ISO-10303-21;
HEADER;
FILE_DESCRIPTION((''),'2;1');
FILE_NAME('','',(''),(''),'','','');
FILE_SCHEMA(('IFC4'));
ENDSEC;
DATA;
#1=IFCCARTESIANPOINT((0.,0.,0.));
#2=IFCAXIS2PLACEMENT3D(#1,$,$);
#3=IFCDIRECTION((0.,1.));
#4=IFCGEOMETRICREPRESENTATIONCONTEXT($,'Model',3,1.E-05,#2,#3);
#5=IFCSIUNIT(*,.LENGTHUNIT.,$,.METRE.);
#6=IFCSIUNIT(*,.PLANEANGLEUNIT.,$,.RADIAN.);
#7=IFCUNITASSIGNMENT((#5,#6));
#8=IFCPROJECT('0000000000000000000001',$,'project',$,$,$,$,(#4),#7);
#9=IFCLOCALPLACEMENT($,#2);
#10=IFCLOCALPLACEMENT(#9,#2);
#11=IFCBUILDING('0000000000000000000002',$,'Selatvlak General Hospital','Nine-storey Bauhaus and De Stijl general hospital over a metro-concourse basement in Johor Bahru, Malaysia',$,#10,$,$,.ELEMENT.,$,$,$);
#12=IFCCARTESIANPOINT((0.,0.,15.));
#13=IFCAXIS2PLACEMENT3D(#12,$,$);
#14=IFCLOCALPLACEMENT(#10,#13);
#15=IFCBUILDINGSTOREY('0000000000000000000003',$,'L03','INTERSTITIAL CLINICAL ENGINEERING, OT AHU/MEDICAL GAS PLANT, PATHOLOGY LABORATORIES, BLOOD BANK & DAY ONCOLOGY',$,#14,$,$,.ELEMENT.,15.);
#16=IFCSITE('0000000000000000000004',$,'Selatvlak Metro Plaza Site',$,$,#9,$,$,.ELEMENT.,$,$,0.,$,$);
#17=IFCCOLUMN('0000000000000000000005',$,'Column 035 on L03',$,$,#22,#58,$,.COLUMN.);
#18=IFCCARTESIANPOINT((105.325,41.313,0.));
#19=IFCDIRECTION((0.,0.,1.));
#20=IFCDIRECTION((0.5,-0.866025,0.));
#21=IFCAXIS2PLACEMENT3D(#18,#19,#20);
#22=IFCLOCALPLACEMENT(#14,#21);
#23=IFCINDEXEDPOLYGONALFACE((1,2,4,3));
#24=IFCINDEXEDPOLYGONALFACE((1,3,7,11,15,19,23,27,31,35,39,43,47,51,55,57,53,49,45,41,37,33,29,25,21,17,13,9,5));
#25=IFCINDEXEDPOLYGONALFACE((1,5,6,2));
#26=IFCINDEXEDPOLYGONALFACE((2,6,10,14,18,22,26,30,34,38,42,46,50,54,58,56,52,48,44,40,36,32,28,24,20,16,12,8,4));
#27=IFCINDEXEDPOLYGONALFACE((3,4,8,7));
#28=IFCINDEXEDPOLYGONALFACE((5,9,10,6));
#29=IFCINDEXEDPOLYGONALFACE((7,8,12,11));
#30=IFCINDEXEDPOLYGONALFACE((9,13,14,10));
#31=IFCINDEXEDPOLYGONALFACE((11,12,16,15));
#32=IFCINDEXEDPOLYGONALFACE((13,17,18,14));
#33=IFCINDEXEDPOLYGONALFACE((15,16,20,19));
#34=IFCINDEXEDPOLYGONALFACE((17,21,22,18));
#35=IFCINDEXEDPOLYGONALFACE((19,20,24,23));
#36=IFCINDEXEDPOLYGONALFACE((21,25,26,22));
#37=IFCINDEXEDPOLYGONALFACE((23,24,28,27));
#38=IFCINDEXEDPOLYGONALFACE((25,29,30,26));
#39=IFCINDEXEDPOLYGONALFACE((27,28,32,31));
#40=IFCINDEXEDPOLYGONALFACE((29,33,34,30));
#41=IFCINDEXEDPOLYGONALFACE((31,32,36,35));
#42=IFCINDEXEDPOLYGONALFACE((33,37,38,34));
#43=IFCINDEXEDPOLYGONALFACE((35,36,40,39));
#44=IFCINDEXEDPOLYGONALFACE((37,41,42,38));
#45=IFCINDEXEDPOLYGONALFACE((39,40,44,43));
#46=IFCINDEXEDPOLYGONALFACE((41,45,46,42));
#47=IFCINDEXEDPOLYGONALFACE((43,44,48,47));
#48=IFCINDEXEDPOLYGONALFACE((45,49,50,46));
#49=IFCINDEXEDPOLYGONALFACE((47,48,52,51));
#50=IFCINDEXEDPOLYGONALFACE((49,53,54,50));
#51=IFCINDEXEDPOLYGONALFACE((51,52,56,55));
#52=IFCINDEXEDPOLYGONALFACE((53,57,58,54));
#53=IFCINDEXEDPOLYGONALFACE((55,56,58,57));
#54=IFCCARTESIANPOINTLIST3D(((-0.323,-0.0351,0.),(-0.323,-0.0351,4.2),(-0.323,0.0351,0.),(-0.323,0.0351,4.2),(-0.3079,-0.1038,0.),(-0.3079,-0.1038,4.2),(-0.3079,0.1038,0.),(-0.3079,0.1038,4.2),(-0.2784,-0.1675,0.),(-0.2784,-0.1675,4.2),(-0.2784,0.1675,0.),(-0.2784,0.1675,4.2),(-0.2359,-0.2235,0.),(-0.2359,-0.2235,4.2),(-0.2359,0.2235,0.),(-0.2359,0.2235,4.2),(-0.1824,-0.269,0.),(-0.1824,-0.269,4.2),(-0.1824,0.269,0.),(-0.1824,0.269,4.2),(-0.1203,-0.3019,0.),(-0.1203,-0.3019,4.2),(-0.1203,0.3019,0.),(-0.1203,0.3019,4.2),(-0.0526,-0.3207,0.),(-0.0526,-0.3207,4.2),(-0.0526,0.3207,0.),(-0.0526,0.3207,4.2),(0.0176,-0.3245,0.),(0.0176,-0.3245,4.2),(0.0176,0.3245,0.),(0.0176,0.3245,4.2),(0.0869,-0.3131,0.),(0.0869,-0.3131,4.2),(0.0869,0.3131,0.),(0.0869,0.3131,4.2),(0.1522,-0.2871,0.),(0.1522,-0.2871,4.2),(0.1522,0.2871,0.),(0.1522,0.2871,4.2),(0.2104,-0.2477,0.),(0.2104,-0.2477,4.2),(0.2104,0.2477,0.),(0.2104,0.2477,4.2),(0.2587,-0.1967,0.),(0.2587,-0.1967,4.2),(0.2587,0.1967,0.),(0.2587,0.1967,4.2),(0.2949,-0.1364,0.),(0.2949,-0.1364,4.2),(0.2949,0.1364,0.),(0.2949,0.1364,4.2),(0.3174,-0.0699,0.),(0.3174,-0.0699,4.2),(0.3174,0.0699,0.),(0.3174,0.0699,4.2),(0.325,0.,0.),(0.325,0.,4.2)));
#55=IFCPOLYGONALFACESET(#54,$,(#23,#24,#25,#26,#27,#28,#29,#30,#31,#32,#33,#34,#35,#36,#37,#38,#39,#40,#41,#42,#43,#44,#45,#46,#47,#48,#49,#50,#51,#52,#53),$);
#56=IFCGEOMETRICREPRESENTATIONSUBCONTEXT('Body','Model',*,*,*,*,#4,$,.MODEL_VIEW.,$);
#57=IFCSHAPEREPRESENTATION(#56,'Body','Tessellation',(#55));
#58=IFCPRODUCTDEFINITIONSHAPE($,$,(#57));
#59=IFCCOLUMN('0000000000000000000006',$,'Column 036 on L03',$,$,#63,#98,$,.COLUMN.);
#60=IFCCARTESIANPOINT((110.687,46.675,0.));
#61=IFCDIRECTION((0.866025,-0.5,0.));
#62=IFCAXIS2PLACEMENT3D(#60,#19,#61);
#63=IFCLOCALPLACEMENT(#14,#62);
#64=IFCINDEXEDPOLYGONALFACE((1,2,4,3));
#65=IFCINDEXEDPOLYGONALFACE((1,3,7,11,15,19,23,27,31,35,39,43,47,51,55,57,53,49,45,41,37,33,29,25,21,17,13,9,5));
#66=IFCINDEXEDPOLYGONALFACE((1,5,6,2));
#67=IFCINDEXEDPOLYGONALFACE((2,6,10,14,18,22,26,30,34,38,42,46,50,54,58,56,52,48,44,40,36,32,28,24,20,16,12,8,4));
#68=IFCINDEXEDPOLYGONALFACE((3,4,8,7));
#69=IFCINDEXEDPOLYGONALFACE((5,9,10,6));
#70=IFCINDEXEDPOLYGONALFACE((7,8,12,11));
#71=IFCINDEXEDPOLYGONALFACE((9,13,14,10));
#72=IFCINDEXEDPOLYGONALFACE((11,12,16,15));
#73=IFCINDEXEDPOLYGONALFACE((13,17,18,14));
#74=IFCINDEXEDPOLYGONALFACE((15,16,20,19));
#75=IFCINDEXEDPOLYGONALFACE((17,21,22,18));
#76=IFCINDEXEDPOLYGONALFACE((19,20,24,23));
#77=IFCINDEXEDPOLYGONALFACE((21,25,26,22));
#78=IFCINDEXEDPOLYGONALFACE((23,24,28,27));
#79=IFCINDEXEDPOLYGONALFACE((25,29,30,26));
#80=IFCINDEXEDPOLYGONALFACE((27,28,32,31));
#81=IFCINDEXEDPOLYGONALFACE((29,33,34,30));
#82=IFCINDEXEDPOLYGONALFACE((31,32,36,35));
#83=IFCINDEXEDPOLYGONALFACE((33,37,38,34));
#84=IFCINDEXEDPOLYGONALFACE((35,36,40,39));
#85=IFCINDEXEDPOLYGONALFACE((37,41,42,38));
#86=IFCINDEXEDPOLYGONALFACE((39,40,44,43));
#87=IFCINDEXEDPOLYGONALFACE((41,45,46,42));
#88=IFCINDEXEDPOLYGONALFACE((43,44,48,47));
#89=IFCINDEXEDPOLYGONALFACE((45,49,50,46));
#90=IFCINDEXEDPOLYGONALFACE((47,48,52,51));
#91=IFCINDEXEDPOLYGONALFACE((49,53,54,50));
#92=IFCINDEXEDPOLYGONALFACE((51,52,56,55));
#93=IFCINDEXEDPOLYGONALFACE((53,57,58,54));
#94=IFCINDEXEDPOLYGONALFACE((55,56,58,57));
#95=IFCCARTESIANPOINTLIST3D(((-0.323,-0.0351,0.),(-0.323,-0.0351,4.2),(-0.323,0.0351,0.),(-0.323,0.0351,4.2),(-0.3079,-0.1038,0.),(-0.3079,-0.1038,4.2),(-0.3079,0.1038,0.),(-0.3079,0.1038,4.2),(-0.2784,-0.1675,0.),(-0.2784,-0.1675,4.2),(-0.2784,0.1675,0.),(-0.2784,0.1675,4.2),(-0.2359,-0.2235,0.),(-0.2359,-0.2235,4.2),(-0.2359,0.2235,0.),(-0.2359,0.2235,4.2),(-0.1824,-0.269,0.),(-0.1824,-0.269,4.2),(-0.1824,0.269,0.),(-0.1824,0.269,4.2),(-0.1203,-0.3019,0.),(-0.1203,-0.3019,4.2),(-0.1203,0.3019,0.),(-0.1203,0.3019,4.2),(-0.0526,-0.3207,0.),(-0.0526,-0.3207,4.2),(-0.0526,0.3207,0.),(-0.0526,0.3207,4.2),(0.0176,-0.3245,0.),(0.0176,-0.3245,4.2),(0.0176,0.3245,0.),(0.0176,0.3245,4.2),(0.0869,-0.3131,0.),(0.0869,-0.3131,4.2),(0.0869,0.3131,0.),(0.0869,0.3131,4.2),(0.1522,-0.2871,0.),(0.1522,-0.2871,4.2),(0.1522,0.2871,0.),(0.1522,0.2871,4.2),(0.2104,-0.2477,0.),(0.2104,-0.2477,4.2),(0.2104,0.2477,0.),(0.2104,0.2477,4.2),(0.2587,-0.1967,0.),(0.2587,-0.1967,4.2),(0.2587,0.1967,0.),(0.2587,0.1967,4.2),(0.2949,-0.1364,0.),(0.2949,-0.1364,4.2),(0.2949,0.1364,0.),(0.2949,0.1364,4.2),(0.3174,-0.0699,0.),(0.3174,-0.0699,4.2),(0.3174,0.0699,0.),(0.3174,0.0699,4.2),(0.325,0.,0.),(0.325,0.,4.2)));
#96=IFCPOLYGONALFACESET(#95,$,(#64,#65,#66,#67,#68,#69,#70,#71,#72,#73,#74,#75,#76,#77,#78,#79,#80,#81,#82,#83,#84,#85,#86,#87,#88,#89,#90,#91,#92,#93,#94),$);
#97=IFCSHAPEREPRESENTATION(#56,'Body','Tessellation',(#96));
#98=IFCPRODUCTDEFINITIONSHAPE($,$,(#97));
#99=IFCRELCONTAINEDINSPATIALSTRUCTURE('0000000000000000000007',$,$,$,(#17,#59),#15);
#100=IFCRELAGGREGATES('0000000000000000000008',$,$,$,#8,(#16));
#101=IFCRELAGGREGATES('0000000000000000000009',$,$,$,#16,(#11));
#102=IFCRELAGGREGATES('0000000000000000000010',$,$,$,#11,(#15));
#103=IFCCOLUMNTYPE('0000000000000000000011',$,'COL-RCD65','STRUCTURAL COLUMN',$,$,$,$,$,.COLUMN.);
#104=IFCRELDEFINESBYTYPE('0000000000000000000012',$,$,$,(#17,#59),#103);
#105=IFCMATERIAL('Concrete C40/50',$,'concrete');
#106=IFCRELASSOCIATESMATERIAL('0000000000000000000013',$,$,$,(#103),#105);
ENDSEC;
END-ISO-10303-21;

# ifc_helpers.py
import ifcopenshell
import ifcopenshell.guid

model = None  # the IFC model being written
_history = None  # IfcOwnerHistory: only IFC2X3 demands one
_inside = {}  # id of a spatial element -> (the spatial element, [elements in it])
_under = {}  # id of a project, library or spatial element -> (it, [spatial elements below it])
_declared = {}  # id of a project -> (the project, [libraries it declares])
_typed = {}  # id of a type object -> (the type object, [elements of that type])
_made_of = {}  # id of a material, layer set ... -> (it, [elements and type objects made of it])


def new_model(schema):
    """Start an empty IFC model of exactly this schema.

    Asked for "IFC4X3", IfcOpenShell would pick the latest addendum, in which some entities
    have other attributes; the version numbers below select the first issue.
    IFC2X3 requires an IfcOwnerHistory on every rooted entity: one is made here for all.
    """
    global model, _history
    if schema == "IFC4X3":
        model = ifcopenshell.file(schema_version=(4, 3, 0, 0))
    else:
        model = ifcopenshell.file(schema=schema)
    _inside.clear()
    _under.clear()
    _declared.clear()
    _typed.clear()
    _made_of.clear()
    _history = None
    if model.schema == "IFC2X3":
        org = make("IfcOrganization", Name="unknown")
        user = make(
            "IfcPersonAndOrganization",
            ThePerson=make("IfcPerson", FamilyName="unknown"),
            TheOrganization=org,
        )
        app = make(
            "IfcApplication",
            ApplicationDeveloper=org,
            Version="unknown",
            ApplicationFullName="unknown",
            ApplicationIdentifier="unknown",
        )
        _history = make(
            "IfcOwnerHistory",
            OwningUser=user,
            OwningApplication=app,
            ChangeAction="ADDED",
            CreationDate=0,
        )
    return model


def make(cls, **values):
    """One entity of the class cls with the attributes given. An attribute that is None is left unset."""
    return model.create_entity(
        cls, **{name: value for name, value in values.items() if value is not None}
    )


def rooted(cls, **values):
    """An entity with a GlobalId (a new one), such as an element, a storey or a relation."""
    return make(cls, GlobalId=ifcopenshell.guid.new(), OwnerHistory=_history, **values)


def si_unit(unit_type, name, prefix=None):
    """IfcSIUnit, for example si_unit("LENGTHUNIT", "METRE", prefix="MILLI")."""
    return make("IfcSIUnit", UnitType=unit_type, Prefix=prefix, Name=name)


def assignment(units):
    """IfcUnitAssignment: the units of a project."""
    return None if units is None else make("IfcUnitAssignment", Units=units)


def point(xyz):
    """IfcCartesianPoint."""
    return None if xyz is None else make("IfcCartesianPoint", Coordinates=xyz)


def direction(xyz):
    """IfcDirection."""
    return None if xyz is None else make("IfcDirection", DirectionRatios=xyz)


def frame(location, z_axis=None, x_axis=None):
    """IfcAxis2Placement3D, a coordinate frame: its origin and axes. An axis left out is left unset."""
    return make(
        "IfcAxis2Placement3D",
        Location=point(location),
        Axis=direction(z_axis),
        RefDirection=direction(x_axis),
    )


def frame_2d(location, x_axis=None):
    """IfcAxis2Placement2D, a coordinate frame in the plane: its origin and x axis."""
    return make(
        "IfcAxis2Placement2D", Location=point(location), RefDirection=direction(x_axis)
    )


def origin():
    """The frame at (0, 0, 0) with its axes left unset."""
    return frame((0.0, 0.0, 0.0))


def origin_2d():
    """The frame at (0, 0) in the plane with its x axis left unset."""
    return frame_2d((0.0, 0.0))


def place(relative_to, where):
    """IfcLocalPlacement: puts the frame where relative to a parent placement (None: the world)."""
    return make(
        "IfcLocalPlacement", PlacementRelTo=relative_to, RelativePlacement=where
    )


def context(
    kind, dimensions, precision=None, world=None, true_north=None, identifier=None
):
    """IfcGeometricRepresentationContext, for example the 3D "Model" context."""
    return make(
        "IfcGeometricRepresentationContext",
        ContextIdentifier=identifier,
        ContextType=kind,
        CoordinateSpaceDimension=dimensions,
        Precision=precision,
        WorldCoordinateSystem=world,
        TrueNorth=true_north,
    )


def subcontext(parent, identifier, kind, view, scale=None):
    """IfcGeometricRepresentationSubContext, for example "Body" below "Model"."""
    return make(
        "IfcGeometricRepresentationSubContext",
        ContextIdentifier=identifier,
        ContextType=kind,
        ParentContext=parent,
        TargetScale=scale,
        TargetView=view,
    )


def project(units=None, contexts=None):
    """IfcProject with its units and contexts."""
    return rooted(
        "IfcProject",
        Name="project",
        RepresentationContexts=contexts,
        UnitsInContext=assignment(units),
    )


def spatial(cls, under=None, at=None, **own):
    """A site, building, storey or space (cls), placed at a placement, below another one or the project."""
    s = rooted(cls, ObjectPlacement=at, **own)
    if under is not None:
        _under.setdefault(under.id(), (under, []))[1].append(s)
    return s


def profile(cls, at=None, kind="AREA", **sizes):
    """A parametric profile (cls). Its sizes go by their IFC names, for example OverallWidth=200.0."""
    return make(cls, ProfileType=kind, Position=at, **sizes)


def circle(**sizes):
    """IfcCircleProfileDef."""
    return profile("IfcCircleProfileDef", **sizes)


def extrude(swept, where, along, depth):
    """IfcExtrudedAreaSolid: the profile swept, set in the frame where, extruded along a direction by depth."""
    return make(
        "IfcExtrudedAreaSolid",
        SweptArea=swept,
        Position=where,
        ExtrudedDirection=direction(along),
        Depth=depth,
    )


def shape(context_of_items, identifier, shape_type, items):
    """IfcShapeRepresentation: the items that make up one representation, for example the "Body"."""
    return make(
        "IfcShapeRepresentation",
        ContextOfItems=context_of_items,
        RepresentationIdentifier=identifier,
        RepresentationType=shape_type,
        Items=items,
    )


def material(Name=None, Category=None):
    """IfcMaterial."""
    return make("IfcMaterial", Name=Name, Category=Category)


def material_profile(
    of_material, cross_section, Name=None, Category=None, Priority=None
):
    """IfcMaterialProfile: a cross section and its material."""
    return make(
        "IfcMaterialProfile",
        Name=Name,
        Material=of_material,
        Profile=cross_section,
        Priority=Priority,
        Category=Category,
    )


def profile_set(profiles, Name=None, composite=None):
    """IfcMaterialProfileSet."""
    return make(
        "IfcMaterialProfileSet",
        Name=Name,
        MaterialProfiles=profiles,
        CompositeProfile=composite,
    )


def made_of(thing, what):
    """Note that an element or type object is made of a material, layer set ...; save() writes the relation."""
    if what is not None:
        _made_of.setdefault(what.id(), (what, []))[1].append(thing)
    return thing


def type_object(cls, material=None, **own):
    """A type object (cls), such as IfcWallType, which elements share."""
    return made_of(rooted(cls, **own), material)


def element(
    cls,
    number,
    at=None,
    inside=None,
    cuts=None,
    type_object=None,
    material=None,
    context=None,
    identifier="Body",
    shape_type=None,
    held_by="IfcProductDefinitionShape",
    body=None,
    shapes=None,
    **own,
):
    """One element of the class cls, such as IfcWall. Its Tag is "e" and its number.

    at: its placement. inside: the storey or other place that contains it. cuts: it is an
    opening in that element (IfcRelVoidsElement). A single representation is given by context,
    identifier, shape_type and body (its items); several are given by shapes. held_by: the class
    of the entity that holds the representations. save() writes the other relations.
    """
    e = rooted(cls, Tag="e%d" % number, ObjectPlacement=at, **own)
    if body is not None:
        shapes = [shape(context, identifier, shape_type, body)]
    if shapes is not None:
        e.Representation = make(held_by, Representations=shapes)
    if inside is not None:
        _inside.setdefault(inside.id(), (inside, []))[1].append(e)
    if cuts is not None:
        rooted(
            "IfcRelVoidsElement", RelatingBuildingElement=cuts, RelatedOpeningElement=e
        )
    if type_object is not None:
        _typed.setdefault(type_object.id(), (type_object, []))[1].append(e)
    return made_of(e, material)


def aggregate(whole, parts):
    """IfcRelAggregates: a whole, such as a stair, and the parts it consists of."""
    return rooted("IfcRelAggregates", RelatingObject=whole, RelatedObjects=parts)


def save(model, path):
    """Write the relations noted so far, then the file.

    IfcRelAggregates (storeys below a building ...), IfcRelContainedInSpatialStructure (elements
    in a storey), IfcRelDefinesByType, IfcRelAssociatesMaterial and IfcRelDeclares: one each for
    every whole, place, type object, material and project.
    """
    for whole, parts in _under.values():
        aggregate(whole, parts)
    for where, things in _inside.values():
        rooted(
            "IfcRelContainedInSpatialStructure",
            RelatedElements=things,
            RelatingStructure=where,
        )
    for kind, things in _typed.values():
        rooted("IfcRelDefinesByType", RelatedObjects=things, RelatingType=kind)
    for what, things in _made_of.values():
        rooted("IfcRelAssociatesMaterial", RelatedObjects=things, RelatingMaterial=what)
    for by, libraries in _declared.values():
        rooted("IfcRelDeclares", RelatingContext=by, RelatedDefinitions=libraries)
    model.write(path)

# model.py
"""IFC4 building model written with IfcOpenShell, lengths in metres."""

from ifc_helpers import new_model, si_unit, direction, frame, origin, origin_2d, place, context, subcontext, project, spatial, circle, extrude, material, material_profile, profile_set, type_object, element, save


model = new_model("IFC4")

# Units and contexts
model_context = context("Model", 3, precision=1e-05, world=origin(), true_north=direction((0.0, 1.0)))
body_context = subcontext(model_context, "Body", "Model", "MODEL_VIEW")
ifc_project = project(units=[si_unit("LENGTHUNIT", "METRE"), si_unit("PLANEANGLEUNIT", "RADIAN")], contexts=[model_context])

# Site, building, storey
site_placement = place(None, origin())
site = spatial("IfcSite", under=ifc_project, at=site_placement, Name="Selatvlak Metro Plaza Site", CompositionType="ELEMENT", RefElevation=0.0)
building_placement = place(site_placement, origin())
building = spatial("IfcBuilding", under=site, at=building_placement, Name="Selatvlak General Hospital", Description="Nine-storey Bauhaus and De Stijl general hospital over a metro-concourse basement in Johor Bahru, Malaysia", CompositionType="ELEMENT")
storey_placement = place(building_placement, frame((0.0, 0.0, 15.0)))
storey = spatial("IfcBuildingStorey", under=building, at=storey_placement, Name="L03", Description="INTERSTITIAL CLINICAL ENGINEERING, OT AHU/MEDICAL GAS PLANT, PATHOLOGY LABORATORIES, BLOOD BANK & DAY ONCOLOGY", CompositionType="ELEMENT", Elevation=15.0)

# Columns
ifc_material_1 = material(Name="Concrete C40/50", Category="concrete")
ifc_material_profile_1 = material_profile(ifc_material_1, circle(Radius=0.325, at=origin_2d()), Name="RC-COL D650")
ifc_profile_set_1 = profile_set([ifc_material_profile_1], Name="Concrete C40/50")
column_type_1 = type_object("IfcColumnType", Name="COL-RCD65", Description="STRUCTURAL COLUMN", PredefinedType="COLUMN", material=ifc_profile_set_1)
for number, where, z_axis, x_axis, name in (
    (1, (105.325, 41.313, 0.0), (0.0, 0.0, 1.0), (0.5, -0.866025, 0.0), "Column 035 on L03"),
    (2, (110.687, 46.675, 0.0), (0.0, 0.0, 1.0), (0.866025, -0.5, 0.0), "Column 036 on L03"),
):
    element("IfcColumn", number, at=place(storey_placement, frame(where, z_axis=z_axis, x_axis=x_axis)), inside=storey, type_object=column_type_1, Name=name, PredefinedType="COLUMN", context=body_context, shape_type="SweptSolid", body=[
        extrude(circle(Radius=0.325, at=origin_2d()), origin(), (0.0, 0.0, 1.0), 4.2),
    ])

save(model, "model.ifc")
